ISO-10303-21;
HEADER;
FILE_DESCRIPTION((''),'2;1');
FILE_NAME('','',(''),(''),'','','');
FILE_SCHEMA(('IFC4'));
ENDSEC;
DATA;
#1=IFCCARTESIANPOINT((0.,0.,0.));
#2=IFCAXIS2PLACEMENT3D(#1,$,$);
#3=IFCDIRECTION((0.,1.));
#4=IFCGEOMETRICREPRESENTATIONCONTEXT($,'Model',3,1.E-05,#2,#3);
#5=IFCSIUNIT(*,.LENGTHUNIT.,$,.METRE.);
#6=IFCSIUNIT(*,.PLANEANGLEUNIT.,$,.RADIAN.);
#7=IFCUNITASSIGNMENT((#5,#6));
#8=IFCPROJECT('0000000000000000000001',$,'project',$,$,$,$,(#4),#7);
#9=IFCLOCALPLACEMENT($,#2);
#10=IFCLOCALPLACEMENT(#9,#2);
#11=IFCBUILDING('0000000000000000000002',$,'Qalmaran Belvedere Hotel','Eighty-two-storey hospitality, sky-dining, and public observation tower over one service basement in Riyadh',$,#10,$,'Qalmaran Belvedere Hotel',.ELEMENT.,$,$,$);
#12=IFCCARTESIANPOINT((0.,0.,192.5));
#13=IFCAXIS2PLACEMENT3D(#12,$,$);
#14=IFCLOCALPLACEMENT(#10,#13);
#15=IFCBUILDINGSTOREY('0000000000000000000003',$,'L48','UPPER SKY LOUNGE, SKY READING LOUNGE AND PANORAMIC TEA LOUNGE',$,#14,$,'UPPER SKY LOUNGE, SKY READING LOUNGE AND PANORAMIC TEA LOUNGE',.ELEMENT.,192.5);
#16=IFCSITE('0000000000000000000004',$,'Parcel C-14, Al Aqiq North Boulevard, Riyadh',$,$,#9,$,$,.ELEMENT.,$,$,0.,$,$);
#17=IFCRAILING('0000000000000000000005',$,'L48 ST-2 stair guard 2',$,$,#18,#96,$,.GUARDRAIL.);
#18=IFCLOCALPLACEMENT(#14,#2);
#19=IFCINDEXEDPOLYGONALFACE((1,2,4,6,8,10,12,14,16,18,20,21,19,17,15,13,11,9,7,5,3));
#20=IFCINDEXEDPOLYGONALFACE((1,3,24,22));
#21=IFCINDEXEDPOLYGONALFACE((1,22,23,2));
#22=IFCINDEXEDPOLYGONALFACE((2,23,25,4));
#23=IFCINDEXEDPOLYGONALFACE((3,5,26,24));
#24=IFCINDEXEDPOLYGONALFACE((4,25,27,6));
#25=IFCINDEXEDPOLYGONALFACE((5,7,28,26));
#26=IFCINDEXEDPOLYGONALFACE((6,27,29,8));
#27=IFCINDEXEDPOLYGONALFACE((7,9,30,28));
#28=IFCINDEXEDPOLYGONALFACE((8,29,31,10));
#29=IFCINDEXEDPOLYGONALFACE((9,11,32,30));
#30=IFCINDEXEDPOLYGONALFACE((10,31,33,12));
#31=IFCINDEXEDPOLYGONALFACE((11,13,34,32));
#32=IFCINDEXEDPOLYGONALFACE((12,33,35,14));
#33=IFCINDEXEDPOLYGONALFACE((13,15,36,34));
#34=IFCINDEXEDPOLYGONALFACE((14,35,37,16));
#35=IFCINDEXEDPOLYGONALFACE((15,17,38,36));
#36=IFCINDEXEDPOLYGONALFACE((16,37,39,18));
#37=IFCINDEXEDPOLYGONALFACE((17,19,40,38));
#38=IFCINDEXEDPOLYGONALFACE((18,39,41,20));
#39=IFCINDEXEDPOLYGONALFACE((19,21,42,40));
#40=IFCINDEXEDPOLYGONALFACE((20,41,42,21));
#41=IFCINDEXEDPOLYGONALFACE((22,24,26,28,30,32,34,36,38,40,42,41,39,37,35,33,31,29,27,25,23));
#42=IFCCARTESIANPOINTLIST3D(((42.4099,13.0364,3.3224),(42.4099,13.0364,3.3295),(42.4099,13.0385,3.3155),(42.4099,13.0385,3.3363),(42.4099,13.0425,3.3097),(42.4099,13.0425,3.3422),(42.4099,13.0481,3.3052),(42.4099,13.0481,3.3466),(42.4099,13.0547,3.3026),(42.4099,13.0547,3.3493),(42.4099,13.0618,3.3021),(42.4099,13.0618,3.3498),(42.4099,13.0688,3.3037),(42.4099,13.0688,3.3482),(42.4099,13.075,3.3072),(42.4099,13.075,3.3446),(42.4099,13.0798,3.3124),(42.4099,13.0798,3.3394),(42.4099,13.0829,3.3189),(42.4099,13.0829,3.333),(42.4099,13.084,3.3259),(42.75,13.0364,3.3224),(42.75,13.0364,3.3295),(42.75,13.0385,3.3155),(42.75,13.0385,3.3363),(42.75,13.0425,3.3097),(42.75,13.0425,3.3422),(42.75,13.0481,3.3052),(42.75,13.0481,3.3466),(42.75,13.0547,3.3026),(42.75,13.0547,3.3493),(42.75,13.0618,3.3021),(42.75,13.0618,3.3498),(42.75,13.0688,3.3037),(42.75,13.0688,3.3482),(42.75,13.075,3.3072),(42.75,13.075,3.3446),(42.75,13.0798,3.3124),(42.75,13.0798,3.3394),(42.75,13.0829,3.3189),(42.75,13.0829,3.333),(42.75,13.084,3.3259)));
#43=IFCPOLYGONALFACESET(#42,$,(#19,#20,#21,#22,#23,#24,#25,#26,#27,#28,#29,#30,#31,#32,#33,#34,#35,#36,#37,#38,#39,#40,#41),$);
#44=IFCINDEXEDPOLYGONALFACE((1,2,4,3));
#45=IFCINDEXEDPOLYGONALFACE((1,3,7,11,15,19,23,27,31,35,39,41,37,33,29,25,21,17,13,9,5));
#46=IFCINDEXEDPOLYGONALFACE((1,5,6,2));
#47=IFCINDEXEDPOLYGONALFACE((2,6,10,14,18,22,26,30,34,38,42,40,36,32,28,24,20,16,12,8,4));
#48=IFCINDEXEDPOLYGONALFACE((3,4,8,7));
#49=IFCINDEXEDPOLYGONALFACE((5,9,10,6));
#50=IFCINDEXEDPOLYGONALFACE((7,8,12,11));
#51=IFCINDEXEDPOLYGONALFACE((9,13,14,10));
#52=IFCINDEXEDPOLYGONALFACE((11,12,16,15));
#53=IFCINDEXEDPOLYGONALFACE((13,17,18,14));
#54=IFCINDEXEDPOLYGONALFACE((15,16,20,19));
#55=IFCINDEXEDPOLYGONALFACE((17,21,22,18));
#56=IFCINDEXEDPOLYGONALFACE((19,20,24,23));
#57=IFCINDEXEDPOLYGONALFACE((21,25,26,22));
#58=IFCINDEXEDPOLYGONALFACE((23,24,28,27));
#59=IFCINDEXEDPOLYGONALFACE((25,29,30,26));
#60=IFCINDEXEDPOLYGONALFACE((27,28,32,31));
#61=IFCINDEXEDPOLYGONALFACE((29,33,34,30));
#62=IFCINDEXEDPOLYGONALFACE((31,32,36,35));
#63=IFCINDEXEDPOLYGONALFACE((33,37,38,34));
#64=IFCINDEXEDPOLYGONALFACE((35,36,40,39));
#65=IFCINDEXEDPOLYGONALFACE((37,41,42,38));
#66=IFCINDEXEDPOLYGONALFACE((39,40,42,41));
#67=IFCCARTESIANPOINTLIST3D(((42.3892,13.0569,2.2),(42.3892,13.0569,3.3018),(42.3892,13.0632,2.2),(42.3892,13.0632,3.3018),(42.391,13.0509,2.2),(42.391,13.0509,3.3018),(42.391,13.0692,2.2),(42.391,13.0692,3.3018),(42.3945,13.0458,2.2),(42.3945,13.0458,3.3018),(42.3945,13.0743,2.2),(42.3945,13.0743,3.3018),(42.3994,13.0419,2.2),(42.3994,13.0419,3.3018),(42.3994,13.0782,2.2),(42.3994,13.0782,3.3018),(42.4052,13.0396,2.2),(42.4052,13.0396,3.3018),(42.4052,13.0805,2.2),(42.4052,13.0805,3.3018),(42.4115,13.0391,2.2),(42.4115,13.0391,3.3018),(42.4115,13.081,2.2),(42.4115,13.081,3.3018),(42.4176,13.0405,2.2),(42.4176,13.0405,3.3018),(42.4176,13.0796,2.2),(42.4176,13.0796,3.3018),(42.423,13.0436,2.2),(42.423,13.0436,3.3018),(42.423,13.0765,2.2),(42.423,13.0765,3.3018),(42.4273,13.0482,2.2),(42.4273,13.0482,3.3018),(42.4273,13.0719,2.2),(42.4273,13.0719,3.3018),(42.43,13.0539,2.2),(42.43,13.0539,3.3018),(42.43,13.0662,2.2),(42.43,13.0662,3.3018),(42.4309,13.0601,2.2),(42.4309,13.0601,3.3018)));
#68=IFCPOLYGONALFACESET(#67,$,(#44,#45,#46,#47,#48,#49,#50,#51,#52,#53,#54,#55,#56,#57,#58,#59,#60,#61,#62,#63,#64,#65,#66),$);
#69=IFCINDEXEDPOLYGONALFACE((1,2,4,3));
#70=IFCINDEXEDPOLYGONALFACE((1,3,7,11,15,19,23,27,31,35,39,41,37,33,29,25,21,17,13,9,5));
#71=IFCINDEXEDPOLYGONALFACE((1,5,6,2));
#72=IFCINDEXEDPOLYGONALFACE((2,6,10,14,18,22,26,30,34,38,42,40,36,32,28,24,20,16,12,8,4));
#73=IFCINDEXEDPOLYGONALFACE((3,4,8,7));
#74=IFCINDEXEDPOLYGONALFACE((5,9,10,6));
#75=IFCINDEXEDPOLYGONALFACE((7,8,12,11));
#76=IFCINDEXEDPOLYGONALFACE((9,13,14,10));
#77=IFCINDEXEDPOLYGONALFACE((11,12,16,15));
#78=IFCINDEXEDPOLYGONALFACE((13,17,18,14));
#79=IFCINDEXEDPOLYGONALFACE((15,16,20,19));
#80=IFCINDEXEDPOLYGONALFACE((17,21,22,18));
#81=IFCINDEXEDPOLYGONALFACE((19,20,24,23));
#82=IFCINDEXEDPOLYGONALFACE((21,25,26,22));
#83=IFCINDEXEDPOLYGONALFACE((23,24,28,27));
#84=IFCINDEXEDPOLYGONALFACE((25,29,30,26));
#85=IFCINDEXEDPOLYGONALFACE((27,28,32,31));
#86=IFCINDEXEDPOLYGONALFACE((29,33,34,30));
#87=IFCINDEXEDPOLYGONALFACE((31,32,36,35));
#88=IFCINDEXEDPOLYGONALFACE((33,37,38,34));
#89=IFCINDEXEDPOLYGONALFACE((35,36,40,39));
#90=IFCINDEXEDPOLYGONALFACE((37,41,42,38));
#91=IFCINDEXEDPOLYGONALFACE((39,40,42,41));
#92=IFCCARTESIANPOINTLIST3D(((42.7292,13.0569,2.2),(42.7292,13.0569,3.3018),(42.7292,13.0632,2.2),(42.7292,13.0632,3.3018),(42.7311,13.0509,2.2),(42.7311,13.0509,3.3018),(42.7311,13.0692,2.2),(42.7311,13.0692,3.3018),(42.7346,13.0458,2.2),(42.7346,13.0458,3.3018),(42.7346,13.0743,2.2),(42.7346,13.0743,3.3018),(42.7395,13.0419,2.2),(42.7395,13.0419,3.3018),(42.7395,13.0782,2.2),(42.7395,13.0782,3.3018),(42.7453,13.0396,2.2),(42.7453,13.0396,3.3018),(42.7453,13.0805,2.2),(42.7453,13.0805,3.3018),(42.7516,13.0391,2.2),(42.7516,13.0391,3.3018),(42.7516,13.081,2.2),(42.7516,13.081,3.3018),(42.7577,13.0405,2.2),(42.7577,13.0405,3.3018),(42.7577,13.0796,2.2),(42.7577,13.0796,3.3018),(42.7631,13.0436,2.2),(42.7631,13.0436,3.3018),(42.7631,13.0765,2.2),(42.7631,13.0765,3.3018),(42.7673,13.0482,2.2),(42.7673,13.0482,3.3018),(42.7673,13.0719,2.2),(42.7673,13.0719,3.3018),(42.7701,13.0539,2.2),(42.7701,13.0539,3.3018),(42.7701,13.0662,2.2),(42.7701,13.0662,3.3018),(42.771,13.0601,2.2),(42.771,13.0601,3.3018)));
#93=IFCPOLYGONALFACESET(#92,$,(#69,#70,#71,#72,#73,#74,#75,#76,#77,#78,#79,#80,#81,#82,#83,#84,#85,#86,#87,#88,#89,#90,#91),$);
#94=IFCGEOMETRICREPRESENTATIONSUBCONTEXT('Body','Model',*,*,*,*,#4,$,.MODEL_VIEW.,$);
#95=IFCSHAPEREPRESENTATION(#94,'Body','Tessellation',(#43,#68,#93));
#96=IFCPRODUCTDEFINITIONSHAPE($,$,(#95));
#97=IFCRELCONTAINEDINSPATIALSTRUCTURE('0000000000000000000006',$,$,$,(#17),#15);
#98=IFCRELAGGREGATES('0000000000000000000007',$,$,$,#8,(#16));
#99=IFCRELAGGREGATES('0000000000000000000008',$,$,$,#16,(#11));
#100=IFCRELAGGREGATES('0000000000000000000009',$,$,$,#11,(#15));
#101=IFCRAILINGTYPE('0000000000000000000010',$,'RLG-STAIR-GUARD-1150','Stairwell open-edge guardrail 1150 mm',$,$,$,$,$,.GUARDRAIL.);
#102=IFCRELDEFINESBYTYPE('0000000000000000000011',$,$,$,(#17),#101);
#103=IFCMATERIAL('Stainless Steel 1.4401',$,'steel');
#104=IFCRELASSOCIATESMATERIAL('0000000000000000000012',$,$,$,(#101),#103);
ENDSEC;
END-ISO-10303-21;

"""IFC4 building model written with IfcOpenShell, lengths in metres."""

from ifc_helpers import new_model, si_unit, direction, frame, origin, origin_2d, place, context, subcontext, project, spatial, circle, extrude, material, type_object, element, save


model = new_model("IFC4")

# Units and contexts
model_context = context("Model", 3, precision=1e-05, world=origin(), true_north=direction((0.0, 1.0)))
body_context = subcontext(model_context, "Body", "Model", "MODEL_VIEW")
ifc_project = project(units=[si_unit("LENGTHUNIT", "METRE"), si_unit("PLANEANGLEUNIT", "RADIAN")], contexts=[model_context])

# Site, building, storey
site_placement = place(None, origin())
site = spatial("IfcSite", under=ifc_project, at=site_placement, Name="Parcel C-14, Al Aqiq North Boulevard, Riyadh", CompositionType="ELEMENT", RefElevation=0.0)
building_placement = place(site_placement, origin())
building = spatial("IfcBuilding", under=site, at=building_placement, Name="Qalmaran Belvedere Hotel", Description="Eighty-two-storey hospitality, sky-dining, and public observation tower over one service basement in Riyadh", LongName="Qalmaran Belvedere Hotel", CompositionType="ELEMENT")
storey_placement = place(building_placement, frame((0.0, 0.0, 192.5)))
storey = spatial("IfcBuildingStorey", under=building, at=storey_placement, Name="L48", Description="UPPER SKY LOUNGE, SKY READING LOUNGE AND PANORAMIC TEA LOUNGE", LongName="UPPER SKY LOUNGE, SKY READING LOUNGE AND PANORAMIC TEA LOUNGE", CompositionType="ELEMENT", Elevation=192.5)

# Railing
ifc_material_1 = material(Name="Stainless Steel 1.4401", Category="steel")
railing_type_1 = type_object("IfcRailingType", Name="RLG-STAIR-GUARD-1150", Description="Stairwell open-edge guardrail 1150 mm", PredefinedType="GUARDRAIL", material=ifc_material_1)
railing_1_placement = place(storey_placement, frame((42.4099, 13.0601, 2.2)))
element("IfcRailing", 1, at=railing_1_placement, inside=storey, type_object=railing_type_1, Name="L48 ST-2 stair guard 2", PredefinedType="GUARDRAIL", context=body_context, shape_type="SweptSolid", body=[
    extrude(circle(Radius=0.0239, at=origin_2d()), frame((0.0, 0.0, 1.126), z_axis=(1.0, 0.0, 0.0), x_axis=(0.0, 1.0, 0.0)), (0.0, 0.0, 1.0), 0.3401),
    extrude(circle(Radius=0.021, at=origin_2d()), origin(), (0.0, 0.0, 1.0), 1.1018),
    extrude(circle(Radius=0.021, at=origin_2d()), frame((0.3401, 0.0, 0.0)), (0.0, 0.0, 1.0), 1.1018),
])

save(model, "model.ifc")
